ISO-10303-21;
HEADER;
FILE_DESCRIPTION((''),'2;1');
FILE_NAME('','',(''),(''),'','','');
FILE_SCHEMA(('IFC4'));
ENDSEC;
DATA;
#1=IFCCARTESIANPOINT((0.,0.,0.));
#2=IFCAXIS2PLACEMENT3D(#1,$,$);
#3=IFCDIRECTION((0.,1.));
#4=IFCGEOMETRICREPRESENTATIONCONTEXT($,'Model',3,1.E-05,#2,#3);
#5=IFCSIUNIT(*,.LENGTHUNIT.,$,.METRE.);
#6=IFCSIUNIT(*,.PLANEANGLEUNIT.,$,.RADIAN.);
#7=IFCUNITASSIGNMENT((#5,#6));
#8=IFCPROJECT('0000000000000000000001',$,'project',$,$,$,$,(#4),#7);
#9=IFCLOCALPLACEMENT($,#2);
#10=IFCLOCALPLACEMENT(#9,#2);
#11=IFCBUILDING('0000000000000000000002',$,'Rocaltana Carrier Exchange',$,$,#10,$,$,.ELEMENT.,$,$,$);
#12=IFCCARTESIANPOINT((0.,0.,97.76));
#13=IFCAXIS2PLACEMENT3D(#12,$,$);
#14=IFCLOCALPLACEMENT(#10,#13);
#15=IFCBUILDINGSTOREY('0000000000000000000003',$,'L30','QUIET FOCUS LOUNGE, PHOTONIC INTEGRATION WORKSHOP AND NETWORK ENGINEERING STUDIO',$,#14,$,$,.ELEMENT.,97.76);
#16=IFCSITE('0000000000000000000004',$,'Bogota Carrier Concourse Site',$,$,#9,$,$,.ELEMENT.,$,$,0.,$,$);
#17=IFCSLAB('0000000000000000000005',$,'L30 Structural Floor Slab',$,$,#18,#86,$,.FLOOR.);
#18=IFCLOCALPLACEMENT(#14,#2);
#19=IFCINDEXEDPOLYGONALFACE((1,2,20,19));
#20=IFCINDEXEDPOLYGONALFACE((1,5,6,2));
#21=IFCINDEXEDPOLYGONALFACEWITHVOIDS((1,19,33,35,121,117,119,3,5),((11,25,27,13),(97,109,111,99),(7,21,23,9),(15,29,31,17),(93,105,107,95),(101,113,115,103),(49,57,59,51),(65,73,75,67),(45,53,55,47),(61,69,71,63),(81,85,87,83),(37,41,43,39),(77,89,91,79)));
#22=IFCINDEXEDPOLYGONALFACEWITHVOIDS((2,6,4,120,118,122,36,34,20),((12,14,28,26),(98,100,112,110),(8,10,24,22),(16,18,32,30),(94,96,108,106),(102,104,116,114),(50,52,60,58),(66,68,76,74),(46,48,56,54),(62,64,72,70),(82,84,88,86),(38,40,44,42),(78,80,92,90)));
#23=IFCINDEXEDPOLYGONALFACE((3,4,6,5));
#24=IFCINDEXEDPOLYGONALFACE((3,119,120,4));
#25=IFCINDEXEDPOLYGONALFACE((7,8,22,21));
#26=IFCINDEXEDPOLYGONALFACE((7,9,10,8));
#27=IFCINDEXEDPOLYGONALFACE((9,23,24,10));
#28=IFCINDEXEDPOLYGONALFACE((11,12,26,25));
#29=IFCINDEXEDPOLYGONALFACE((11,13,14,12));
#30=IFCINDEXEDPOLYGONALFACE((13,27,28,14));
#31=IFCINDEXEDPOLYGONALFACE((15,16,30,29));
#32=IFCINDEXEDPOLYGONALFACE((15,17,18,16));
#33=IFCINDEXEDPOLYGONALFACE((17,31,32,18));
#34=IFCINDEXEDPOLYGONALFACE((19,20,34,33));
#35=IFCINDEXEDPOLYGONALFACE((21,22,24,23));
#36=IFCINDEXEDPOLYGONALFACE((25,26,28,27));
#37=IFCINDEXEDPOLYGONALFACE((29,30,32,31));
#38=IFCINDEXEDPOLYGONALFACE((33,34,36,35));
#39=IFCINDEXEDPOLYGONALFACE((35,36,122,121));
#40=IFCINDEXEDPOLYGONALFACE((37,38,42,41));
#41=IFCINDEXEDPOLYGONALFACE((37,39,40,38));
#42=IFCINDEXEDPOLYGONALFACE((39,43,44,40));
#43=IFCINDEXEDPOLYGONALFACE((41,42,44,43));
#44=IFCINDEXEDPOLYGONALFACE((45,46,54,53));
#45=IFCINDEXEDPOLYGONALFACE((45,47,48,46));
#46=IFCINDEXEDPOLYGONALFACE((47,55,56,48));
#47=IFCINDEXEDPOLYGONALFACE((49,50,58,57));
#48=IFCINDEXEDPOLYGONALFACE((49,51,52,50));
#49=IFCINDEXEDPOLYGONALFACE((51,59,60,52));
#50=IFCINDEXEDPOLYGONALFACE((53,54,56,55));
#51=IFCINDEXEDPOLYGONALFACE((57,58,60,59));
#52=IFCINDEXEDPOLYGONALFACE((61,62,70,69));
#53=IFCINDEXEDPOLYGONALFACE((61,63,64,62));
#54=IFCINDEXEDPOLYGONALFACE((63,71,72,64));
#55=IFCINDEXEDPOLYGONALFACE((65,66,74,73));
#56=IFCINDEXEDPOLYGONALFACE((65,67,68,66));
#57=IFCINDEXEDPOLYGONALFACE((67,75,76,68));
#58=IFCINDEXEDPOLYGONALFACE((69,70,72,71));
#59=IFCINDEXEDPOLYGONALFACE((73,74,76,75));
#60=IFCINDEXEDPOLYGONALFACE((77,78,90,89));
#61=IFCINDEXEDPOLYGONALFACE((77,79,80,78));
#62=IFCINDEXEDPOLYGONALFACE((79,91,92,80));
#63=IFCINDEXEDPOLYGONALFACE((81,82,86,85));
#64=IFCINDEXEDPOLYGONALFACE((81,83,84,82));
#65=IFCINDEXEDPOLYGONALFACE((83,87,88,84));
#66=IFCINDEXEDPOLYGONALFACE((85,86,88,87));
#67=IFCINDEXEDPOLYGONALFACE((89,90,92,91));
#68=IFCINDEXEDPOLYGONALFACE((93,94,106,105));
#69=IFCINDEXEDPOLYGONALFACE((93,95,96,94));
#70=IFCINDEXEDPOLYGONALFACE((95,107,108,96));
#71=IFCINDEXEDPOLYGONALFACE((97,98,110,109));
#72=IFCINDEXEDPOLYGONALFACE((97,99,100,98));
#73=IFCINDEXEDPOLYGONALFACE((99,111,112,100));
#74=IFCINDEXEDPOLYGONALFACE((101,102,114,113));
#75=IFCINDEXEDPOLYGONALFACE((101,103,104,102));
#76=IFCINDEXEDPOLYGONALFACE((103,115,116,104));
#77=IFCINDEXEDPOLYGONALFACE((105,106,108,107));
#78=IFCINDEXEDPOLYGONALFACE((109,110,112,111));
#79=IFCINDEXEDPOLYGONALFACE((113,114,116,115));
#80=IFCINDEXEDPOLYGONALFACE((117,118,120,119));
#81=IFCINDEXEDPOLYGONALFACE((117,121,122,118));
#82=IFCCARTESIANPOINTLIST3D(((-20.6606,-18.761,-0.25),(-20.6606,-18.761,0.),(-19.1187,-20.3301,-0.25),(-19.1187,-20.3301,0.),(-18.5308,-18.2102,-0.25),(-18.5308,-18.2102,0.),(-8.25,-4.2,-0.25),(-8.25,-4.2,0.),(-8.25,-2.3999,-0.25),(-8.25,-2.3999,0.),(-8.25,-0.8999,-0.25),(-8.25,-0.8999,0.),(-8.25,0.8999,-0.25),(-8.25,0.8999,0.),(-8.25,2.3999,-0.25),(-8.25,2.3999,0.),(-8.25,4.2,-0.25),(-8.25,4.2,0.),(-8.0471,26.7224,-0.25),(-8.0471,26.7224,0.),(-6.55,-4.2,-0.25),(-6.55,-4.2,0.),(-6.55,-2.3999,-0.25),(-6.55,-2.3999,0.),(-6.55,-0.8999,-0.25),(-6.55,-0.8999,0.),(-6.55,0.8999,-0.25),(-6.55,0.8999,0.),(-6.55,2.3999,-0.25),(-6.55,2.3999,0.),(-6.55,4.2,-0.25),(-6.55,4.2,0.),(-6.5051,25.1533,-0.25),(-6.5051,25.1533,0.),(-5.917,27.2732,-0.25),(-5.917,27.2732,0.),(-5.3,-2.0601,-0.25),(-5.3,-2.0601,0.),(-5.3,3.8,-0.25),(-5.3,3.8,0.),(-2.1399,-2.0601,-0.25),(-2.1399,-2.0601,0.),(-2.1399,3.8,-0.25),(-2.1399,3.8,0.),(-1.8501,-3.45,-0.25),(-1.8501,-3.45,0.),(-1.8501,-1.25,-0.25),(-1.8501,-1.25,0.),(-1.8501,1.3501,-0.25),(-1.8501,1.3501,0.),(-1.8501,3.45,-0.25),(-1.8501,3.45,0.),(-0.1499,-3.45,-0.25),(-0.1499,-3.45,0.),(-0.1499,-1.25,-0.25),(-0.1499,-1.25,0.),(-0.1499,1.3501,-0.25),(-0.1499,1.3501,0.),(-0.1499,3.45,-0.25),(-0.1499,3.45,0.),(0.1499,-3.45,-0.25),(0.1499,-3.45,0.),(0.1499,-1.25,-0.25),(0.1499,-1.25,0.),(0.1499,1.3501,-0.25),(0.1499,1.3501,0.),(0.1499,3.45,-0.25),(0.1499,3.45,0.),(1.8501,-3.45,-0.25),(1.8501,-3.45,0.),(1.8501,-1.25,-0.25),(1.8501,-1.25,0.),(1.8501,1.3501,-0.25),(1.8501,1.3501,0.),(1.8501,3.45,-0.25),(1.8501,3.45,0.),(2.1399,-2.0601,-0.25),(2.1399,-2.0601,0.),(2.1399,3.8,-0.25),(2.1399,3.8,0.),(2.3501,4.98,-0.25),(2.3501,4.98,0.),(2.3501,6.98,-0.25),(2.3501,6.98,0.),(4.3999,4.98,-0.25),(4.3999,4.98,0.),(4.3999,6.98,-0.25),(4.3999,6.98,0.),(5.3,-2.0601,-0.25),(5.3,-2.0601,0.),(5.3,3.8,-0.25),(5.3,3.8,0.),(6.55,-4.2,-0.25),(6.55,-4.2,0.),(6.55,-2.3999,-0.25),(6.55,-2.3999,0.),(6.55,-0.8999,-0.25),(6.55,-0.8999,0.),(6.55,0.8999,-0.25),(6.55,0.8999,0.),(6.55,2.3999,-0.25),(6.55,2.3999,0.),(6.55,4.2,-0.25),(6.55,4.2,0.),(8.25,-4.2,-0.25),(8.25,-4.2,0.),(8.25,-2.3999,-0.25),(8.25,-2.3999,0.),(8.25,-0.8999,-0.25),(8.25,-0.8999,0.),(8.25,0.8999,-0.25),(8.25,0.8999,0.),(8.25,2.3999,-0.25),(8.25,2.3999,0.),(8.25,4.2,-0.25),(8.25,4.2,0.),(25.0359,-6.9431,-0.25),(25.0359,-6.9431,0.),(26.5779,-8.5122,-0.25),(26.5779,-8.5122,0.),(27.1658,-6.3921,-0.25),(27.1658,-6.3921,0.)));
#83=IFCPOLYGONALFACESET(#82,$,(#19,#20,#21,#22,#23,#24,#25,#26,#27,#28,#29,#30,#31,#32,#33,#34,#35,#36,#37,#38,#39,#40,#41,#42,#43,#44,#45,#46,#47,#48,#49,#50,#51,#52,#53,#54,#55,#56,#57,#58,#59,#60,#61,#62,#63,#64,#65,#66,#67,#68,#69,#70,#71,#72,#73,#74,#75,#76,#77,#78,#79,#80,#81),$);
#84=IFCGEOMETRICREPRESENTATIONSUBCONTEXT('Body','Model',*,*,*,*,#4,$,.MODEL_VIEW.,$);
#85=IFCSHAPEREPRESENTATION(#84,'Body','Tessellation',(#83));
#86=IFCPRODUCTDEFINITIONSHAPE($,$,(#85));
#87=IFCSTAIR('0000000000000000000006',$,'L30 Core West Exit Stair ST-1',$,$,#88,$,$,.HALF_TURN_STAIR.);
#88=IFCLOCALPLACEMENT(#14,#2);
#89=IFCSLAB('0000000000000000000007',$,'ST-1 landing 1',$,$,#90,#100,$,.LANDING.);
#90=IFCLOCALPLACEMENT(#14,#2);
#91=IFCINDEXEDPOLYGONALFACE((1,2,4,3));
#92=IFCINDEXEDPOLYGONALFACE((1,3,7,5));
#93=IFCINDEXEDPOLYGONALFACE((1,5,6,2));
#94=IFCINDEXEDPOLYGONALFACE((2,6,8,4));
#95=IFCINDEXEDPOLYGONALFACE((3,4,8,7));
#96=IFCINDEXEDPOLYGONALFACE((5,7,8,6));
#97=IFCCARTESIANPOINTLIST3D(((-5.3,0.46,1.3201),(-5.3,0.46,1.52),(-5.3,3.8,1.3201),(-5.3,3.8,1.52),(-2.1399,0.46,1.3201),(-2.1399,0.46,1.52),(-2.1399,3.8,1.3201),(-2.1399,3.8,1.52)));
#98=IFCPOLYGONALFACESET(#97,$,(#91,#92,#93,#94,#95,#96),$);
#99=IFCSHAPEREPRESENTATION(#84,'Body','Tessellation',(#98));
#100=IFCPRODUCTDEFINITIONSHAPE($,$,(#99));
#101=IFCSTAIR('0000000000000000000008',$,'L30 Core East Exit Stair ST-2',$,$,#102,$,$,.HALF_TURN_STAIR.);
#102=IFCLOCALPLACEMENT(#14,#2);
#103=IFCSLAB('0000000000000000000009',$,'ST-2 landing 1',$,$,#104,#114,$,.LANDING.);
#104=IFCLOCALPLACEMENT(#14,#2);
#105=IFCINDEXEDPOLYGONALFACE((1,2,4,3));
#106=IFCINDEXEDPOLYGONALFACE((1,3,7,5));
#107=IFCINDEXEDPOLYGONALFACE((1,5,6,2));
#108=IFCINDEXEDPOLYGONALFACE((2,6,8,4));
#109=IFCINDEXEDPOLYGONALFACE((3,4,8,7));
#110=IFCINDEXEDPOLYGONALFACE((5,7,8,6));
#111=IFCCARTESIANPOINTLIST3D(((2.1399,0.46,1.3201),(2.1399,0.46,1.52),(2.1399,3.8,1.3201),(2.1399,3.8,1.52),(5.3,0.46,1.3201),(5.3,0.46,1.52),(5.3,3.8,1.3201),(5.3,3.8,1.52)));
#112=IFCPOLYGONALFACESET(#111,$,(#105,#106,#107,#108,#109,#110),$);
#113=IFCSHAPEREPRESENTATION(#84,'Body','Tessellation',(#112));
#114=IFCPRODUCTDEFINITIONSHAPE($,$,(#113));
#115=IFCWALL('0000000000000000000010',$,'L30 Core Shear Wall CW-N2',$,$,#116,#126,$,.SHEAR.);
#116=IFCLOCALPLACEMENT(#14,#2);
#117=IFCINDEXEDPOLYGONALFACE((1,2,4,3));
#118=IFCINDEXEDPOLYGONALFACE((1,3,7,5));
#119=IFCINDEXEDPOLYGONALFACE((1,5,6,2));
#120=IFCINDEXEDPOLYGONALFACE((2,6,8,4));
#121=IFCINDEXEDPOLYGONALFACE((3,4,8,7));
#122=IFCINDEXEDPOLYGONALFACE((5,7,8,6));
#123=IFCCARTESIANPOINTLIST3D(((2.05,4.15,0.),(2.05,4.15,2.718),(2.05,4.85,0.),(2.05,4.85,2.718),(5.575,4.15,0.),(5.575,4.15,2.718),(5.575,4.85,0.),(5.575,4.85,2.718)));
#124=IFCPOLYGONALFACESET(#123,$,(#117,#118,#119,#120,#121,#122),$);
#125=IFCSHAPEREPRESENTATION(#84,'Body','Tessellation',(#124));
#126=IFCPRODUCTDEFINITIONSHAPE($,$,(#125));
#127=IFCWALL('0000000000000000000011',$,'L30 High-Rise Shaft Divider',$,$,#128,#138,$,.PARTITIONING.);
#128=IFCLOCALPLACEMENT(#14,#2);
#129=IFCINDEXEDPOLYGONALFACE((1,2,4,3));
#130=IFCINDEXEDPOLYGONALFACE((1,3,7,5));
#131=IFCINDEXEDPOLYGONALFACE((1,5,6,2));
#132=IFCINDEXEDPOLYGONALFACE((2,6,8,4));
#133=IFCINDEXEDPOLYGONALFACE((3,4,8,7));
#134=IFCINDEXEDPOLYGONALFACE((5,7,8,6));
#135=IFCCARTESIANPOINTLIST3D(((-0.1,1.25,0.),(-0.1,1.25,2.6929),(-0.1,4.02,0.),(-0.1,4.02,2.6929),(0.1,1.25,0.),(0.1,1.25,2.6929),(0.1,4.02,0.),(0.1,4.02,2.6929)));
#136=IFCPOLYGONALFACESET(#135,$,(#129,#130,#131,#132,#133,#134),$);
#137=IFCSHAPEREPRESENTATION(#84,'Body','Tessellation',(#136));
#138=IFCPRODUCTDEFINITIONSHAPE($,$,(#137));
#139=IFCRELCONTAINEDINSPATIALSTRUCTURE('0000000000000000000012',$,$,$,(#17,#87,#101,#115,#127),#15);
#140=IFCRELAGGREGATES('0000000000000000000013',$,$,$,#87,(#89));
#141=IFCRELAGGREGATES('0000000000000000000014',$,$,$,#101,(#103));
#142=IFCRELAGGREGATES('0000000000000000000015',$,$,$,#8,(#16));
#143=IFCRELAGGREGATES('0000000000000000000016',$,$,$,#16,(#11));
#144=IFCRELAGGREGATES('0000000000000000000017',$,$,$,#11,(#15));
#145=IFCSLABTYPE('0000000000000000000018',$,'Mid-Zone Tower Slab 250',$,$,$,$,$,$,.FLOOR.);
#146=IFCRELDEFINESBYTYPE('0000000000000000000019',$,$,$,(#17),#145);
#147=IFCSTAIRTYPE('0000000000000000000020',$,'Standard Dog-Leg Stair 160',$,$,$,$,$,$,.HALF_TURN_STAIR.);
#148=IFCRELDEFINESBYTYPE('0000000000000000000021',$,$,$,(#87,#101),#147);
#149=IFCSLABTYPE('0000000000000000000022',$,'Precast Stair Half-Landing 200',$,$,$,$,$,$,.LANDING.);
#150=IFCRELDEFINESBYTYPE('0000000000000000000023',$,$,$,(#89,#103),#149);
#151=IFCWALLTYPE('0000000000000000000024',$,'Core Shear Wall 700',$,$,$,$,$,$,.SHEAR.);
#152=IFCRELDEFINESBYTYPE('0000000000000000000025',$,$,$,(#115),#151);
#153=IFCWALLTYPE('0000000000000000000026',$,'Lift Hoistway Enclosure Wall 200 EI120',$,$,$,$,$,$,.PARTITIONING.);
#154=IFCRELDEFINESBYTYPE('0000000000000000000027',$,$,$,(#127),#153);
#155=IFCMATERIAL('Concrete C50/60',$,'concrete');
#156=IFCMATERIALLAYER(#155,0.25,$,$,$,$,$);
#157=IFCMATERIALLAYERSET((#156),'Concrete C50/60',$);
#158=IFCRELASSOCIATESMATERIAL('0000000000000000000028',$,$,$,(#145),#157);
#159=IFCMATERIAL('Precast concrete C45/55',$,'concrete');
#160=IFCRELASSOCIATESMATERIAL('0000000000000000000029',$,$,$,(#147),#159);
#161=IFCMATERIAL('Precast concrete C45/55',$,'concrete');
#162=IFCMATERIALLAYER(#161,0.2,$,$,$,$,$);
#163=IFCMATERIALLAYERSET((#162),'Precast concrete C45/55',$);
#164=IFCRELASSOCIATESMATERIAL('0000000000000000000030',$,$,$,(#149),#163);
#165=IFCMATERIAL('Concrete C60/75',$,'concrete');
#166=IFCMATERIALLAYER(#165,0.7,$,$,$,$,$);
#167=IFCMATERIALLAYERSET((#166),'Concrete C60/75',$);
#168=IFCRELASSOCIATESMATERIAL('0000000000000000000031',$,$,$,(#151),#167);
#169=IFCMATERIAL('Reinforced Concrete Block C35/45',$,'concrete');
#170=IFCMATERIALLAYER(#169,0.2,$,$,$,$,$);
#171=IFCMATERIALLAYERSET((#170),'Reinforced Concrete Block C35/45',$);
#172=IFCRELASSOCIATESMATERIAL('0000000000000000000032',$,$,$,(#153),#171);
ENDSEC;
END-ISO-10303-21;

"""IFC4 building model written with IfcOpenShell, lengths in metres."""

from ifc_helpers import new_model, si_unit, direction, frame, frame_2d, origin, place, context, subcontext, project, spatial, polyline, rectangle, outline, extrude, material, layer, layer_set, type_object, element, aggregate, save


model = new_model("IFC4")

# Units and contexts
model_context = context("Model", 3, precision=1e-05, world=origin(), true_north=direction((0.0, 1.0)))
body_context = subcontext(model_context, "Body", "Model", "MODEL_VIEW")
ifc_project = project(units=[si_unit("LENGTHUNIT", "METRE"), si_unit("PLANEANGLEUNIT", "RADIAN")], contexts=[model_context])

# Site, building, storey
site_placement = place(None, origin())
site = spatial("IfcSite", under=ifc_project, at=site_placement, Name="Bogota Carrier Concourse Site", CompositionType="ELEMENT", RefElevation=0.0)
building_placement = place(site_placement, origin())
building = spatial("IfcBuilding", under=site, at=building_placement, Name="Rocaltana Carrier Exchange", CompositionType="ELEMENT")
storey_placement = place(building_placement, frame((0.0, 0.0, 97.76)))
storey = spatial("IfcBuildingStorey", under=building, at=storey_placement, Name="L30", Description="QUIET FOCUS LOUNGE, PHOTONIC INTEGRATION WORKSHOP AND NETWORK ENGINEERING STUDIO", CompositionType="ELEMENT", Elevation=97.76)

# Slab
ifc_material_1 = material(Name="Concrete C50/60", Category="concrete")
ifc_layer_1 = layer(ifc_material_1, 0.25)
ifc_layer_set_1 = layer_set([ifc_layer_1], Name="Concrete C50/60")
slab_type_1 = type_object("IfcSlabType", Name="Mid-Zone Tower Slab 250", PredefinedType="FLOOR", material=ifc_layer_set_1)
slab_1_placement = place(storey_placement, frame((0.0, 0.0, -0.25)))
element("IfcSlab", 1, at=slab_1_placement, inside=storey, type_object=slab_type_1, Name="L30 Structural Floor Slab", PredefinedType="FLOOR", context=body_context, shape_type="SweptSolid", body=[
    extrude(outline(polyline([(26.5779, -8.5122), (25.0359, -6.9431), (27.1658, -6.3921), (-5.917, 27.2732), (-6.5051, 25.1533), (-8.0471, 26.7224), (-20.6606, -18.761), (-18.5308, -18.2102), (-19.1187, -20.3301), (26.5779, -8.5122)]), holes=[polyline([(-5.3, -2.0601), (-2.1399, -2.0601), (-2.1399, 3.8), (-5.3, 3.8), (-5.3, -2.0601)]), polyline([(2.1399, -2.0601), (5.3, -2.0601), (5.3, 3.8), (2.1399, 3.8), (2.1399, -2.0601)]), polyline([(-1.8501, -3.45), (-0.1499, -3.45), (-0.1499, -1.25), (-1.8501, -1.25), (-1.8501, -3.45)]), polyline([(0.1499, -3.45), (1.8501, -3.45), (1.8501, -1.25), (0.1499, -1.25), (0.1499, -3.45)]), polyline([(2.3501, 4.98), (4.3999, 4.98), (4.3999, 6.98), (2.3501, 6.98), (2.3501, 4.98)]), polyline([(-1.8501, 1.3501), (-0.1499, 1.3501), (-0.1499, 3.45), (-1.8501, 3.45), (-1.8501, 1.3501)]), polyline([(0.1499, 1.3501), (1.8501, 1.3501), (1.8501, 3.45), (0.1499, 3.45), (0.1499, 1.3501)]), polyline([(-8.25, -4.2), (-6.55, -4.2), (-6.55, -2.3999), (-8.25, -2.3999), (-8.25, -4.2)]), polyline([(-8.25, -0.8999), (-6.55, -0.8999), (-6.55, 0.8999), (-8.25, 0.8999), (-8.25, -0.8999)]), polyline([(-8.25, 2.3999), (-6.55, 2.3999), (-6.55, 4.2), (-8.25, 4.2), (-8.25, 2.3999)]), polyline([(6.55, -4.2), (8.25, -4.2), (8.25, -2.3999), (6.55, -2.3999), (6.55, -4.2)]), polyline([(6.55, -0.8999), (8.25, -0.8999), (8.25, 0.8999), (6.55, 0.8999), (6.55, -0.8999)]), polyline([(6.55, 2.3999), (8.25, 2.3999), (8.25, 4.2), (6.55, 4.2), (6.55, 2.3999)])]), origin(), (0.0, 0.0, 1.0), 0.25),
])

# Stairs, slabs
ifc_material_2 = material(Name="Precast concrete C45/55", Category="concrete")
stair_type = type_object("IfcStairType", Name="Standard Dog-Leg Stair 160", PredefinedType="HALF_TURN_STAIR", material=ifc_material_2)
stair_1_placement = place(storey_placement, origin())
stair_1 = element("IfcStair", 2, at=stair_1_placement, inside=storey, type_object=stair_type, Name="L30 Core West Exit Stair ST-1", PredefinedType="HALF_TURN_STAIR")
ifc_material_3 = material(Name="Precast concrete C45/55", Category="concrete")
ifc_layer_2 = layer(ifc_material_3, 0.2)
ifc_layer_set_2 = layer_set([ifc_layer_2], Name="Precast concrete C45/55")
slab_type_2 = type_object("IfcSlabType", Name="Precast Stair Half-Landing 200", PredefinedType="LANDING", material=ifc_layer_set_2)
slab_2_placement = place(storey_placement, frame((0.0, 0.0, 1.3201)))
slab_2 = element("IfcSlab", 3, at=slab_2_placement, type_object=slab_type_2, Name="ST-1 landing 1", PredefinedType="LANDING", context=body_context, shape_type="SweptSolid", body=[
    extrude(outline(polyline([(-2.1399, 0.46), (-2.1399, 3.8), (-5.3, 3.8), (-5.3, 0.46), (-2.1399, 0.46)])), origin(), (0.0, 0.0, 1.0), 0.2),
])
aggregate(stair_1, [slab_2])
stair_2_placement = place(storey_placement, origin())
stair_2 = element("IfcStair", 4, at=stair_2_placement, inside=storey, type_object=stair_type, Name="L30 Core East Exit Stair ST-2", PredefinedType="HALF_TURN_STAIR")
slab_3_placement = place(storey_placement, frame((0.0, 0.0, 1.3201)))
slab_3 = element("IfcSlab", 5, at=slab_3_placement, type_object=slab_type_2, Name="ST-2 landing 1", PredefinedType="LANDING", context=body_context, shape_type="SweptSolid", body=[
    extrude(outline(polyline([(5.3, 0.46), (5.3, 3.8), (2.1399, 3.8), (2.1399, 0.46), (5.3, 0.46)])), origin(), (0.0, 0.0, 1.0), 0.2),
])
aggregate(stair_2, [slab_3])

# Walls
ifc_material_4 = material(Name="Concrete C60/75", Category="concrete")
ifc_layer_3 = layer(ifc_material_4, 0.7)
ifc_layer_set_3 = layer_set([ifc_layer_3], Name="Concrete C60/75")
wall_type_1 = type_object("IfcWallType", Name="Core Shear Wall 700", PredefinedType="SHEAR", material=ifc_layer_set_3)
wall_1_placement = place(storey_placement, frame((2.05, 4.5, 0.0), z_axis=(0.0, 0.0, 1.0), x_axis=(1.0, 0.0, 0.0)))
element("IfcWall", 6, at=wall_1_placement, inside=storey, type_object=wall_type_1, Name="L30 Core Shear Wall CW-N2", PredefinedType="SHEAR", context=body_context, shape_type="SweptSolid", body=[
    extrude(rectangle(XDim=3.5249, YDim=0.7, at=frame_2d((1.7625, 0.0))), origin(), (0.0, 0.0, 1.0), 2.718),
])
ifc_material_5 = material(Name="Reinforced Concrete Block C35/45", Category="concrete")
ifc_layer_4 = layer(ifc_material_5, 0.2)
ifc_layer_set_4 = layer_set([ifc_layer_4], Name="Reinforced Concrete Block C35/45")
wall_type_2 = type_object("IfcWallType", Name="Lift Hoistway Enclosure Wall 200 EI120", PredefinedType="PARTITIONING", material=ifc_layer_set_4)
wall_2_placement = place(storey_placement, frame((0.0, 1.25, 0.0), z_axis=(0.0, 0.0, 1.0), x_axis=(0.0, 1.0, 0.0)))
element("IfcWall", 7, at=wall_2_placement, inside=storey, type_object=wall_type_2, Name="L30 High-Rise Shaft Divider", PredefinedType="PARTITIONING", context=body_context, shape_type="SweptSolid", body=[
    extrude(rectangle(XDim=2.77, YDim=0.2, at=frame_2d((1.385, 0.0))), origin(), (0.0, 0.0, 1.0), 2.6929),
])

save(model, "model.ifc")
